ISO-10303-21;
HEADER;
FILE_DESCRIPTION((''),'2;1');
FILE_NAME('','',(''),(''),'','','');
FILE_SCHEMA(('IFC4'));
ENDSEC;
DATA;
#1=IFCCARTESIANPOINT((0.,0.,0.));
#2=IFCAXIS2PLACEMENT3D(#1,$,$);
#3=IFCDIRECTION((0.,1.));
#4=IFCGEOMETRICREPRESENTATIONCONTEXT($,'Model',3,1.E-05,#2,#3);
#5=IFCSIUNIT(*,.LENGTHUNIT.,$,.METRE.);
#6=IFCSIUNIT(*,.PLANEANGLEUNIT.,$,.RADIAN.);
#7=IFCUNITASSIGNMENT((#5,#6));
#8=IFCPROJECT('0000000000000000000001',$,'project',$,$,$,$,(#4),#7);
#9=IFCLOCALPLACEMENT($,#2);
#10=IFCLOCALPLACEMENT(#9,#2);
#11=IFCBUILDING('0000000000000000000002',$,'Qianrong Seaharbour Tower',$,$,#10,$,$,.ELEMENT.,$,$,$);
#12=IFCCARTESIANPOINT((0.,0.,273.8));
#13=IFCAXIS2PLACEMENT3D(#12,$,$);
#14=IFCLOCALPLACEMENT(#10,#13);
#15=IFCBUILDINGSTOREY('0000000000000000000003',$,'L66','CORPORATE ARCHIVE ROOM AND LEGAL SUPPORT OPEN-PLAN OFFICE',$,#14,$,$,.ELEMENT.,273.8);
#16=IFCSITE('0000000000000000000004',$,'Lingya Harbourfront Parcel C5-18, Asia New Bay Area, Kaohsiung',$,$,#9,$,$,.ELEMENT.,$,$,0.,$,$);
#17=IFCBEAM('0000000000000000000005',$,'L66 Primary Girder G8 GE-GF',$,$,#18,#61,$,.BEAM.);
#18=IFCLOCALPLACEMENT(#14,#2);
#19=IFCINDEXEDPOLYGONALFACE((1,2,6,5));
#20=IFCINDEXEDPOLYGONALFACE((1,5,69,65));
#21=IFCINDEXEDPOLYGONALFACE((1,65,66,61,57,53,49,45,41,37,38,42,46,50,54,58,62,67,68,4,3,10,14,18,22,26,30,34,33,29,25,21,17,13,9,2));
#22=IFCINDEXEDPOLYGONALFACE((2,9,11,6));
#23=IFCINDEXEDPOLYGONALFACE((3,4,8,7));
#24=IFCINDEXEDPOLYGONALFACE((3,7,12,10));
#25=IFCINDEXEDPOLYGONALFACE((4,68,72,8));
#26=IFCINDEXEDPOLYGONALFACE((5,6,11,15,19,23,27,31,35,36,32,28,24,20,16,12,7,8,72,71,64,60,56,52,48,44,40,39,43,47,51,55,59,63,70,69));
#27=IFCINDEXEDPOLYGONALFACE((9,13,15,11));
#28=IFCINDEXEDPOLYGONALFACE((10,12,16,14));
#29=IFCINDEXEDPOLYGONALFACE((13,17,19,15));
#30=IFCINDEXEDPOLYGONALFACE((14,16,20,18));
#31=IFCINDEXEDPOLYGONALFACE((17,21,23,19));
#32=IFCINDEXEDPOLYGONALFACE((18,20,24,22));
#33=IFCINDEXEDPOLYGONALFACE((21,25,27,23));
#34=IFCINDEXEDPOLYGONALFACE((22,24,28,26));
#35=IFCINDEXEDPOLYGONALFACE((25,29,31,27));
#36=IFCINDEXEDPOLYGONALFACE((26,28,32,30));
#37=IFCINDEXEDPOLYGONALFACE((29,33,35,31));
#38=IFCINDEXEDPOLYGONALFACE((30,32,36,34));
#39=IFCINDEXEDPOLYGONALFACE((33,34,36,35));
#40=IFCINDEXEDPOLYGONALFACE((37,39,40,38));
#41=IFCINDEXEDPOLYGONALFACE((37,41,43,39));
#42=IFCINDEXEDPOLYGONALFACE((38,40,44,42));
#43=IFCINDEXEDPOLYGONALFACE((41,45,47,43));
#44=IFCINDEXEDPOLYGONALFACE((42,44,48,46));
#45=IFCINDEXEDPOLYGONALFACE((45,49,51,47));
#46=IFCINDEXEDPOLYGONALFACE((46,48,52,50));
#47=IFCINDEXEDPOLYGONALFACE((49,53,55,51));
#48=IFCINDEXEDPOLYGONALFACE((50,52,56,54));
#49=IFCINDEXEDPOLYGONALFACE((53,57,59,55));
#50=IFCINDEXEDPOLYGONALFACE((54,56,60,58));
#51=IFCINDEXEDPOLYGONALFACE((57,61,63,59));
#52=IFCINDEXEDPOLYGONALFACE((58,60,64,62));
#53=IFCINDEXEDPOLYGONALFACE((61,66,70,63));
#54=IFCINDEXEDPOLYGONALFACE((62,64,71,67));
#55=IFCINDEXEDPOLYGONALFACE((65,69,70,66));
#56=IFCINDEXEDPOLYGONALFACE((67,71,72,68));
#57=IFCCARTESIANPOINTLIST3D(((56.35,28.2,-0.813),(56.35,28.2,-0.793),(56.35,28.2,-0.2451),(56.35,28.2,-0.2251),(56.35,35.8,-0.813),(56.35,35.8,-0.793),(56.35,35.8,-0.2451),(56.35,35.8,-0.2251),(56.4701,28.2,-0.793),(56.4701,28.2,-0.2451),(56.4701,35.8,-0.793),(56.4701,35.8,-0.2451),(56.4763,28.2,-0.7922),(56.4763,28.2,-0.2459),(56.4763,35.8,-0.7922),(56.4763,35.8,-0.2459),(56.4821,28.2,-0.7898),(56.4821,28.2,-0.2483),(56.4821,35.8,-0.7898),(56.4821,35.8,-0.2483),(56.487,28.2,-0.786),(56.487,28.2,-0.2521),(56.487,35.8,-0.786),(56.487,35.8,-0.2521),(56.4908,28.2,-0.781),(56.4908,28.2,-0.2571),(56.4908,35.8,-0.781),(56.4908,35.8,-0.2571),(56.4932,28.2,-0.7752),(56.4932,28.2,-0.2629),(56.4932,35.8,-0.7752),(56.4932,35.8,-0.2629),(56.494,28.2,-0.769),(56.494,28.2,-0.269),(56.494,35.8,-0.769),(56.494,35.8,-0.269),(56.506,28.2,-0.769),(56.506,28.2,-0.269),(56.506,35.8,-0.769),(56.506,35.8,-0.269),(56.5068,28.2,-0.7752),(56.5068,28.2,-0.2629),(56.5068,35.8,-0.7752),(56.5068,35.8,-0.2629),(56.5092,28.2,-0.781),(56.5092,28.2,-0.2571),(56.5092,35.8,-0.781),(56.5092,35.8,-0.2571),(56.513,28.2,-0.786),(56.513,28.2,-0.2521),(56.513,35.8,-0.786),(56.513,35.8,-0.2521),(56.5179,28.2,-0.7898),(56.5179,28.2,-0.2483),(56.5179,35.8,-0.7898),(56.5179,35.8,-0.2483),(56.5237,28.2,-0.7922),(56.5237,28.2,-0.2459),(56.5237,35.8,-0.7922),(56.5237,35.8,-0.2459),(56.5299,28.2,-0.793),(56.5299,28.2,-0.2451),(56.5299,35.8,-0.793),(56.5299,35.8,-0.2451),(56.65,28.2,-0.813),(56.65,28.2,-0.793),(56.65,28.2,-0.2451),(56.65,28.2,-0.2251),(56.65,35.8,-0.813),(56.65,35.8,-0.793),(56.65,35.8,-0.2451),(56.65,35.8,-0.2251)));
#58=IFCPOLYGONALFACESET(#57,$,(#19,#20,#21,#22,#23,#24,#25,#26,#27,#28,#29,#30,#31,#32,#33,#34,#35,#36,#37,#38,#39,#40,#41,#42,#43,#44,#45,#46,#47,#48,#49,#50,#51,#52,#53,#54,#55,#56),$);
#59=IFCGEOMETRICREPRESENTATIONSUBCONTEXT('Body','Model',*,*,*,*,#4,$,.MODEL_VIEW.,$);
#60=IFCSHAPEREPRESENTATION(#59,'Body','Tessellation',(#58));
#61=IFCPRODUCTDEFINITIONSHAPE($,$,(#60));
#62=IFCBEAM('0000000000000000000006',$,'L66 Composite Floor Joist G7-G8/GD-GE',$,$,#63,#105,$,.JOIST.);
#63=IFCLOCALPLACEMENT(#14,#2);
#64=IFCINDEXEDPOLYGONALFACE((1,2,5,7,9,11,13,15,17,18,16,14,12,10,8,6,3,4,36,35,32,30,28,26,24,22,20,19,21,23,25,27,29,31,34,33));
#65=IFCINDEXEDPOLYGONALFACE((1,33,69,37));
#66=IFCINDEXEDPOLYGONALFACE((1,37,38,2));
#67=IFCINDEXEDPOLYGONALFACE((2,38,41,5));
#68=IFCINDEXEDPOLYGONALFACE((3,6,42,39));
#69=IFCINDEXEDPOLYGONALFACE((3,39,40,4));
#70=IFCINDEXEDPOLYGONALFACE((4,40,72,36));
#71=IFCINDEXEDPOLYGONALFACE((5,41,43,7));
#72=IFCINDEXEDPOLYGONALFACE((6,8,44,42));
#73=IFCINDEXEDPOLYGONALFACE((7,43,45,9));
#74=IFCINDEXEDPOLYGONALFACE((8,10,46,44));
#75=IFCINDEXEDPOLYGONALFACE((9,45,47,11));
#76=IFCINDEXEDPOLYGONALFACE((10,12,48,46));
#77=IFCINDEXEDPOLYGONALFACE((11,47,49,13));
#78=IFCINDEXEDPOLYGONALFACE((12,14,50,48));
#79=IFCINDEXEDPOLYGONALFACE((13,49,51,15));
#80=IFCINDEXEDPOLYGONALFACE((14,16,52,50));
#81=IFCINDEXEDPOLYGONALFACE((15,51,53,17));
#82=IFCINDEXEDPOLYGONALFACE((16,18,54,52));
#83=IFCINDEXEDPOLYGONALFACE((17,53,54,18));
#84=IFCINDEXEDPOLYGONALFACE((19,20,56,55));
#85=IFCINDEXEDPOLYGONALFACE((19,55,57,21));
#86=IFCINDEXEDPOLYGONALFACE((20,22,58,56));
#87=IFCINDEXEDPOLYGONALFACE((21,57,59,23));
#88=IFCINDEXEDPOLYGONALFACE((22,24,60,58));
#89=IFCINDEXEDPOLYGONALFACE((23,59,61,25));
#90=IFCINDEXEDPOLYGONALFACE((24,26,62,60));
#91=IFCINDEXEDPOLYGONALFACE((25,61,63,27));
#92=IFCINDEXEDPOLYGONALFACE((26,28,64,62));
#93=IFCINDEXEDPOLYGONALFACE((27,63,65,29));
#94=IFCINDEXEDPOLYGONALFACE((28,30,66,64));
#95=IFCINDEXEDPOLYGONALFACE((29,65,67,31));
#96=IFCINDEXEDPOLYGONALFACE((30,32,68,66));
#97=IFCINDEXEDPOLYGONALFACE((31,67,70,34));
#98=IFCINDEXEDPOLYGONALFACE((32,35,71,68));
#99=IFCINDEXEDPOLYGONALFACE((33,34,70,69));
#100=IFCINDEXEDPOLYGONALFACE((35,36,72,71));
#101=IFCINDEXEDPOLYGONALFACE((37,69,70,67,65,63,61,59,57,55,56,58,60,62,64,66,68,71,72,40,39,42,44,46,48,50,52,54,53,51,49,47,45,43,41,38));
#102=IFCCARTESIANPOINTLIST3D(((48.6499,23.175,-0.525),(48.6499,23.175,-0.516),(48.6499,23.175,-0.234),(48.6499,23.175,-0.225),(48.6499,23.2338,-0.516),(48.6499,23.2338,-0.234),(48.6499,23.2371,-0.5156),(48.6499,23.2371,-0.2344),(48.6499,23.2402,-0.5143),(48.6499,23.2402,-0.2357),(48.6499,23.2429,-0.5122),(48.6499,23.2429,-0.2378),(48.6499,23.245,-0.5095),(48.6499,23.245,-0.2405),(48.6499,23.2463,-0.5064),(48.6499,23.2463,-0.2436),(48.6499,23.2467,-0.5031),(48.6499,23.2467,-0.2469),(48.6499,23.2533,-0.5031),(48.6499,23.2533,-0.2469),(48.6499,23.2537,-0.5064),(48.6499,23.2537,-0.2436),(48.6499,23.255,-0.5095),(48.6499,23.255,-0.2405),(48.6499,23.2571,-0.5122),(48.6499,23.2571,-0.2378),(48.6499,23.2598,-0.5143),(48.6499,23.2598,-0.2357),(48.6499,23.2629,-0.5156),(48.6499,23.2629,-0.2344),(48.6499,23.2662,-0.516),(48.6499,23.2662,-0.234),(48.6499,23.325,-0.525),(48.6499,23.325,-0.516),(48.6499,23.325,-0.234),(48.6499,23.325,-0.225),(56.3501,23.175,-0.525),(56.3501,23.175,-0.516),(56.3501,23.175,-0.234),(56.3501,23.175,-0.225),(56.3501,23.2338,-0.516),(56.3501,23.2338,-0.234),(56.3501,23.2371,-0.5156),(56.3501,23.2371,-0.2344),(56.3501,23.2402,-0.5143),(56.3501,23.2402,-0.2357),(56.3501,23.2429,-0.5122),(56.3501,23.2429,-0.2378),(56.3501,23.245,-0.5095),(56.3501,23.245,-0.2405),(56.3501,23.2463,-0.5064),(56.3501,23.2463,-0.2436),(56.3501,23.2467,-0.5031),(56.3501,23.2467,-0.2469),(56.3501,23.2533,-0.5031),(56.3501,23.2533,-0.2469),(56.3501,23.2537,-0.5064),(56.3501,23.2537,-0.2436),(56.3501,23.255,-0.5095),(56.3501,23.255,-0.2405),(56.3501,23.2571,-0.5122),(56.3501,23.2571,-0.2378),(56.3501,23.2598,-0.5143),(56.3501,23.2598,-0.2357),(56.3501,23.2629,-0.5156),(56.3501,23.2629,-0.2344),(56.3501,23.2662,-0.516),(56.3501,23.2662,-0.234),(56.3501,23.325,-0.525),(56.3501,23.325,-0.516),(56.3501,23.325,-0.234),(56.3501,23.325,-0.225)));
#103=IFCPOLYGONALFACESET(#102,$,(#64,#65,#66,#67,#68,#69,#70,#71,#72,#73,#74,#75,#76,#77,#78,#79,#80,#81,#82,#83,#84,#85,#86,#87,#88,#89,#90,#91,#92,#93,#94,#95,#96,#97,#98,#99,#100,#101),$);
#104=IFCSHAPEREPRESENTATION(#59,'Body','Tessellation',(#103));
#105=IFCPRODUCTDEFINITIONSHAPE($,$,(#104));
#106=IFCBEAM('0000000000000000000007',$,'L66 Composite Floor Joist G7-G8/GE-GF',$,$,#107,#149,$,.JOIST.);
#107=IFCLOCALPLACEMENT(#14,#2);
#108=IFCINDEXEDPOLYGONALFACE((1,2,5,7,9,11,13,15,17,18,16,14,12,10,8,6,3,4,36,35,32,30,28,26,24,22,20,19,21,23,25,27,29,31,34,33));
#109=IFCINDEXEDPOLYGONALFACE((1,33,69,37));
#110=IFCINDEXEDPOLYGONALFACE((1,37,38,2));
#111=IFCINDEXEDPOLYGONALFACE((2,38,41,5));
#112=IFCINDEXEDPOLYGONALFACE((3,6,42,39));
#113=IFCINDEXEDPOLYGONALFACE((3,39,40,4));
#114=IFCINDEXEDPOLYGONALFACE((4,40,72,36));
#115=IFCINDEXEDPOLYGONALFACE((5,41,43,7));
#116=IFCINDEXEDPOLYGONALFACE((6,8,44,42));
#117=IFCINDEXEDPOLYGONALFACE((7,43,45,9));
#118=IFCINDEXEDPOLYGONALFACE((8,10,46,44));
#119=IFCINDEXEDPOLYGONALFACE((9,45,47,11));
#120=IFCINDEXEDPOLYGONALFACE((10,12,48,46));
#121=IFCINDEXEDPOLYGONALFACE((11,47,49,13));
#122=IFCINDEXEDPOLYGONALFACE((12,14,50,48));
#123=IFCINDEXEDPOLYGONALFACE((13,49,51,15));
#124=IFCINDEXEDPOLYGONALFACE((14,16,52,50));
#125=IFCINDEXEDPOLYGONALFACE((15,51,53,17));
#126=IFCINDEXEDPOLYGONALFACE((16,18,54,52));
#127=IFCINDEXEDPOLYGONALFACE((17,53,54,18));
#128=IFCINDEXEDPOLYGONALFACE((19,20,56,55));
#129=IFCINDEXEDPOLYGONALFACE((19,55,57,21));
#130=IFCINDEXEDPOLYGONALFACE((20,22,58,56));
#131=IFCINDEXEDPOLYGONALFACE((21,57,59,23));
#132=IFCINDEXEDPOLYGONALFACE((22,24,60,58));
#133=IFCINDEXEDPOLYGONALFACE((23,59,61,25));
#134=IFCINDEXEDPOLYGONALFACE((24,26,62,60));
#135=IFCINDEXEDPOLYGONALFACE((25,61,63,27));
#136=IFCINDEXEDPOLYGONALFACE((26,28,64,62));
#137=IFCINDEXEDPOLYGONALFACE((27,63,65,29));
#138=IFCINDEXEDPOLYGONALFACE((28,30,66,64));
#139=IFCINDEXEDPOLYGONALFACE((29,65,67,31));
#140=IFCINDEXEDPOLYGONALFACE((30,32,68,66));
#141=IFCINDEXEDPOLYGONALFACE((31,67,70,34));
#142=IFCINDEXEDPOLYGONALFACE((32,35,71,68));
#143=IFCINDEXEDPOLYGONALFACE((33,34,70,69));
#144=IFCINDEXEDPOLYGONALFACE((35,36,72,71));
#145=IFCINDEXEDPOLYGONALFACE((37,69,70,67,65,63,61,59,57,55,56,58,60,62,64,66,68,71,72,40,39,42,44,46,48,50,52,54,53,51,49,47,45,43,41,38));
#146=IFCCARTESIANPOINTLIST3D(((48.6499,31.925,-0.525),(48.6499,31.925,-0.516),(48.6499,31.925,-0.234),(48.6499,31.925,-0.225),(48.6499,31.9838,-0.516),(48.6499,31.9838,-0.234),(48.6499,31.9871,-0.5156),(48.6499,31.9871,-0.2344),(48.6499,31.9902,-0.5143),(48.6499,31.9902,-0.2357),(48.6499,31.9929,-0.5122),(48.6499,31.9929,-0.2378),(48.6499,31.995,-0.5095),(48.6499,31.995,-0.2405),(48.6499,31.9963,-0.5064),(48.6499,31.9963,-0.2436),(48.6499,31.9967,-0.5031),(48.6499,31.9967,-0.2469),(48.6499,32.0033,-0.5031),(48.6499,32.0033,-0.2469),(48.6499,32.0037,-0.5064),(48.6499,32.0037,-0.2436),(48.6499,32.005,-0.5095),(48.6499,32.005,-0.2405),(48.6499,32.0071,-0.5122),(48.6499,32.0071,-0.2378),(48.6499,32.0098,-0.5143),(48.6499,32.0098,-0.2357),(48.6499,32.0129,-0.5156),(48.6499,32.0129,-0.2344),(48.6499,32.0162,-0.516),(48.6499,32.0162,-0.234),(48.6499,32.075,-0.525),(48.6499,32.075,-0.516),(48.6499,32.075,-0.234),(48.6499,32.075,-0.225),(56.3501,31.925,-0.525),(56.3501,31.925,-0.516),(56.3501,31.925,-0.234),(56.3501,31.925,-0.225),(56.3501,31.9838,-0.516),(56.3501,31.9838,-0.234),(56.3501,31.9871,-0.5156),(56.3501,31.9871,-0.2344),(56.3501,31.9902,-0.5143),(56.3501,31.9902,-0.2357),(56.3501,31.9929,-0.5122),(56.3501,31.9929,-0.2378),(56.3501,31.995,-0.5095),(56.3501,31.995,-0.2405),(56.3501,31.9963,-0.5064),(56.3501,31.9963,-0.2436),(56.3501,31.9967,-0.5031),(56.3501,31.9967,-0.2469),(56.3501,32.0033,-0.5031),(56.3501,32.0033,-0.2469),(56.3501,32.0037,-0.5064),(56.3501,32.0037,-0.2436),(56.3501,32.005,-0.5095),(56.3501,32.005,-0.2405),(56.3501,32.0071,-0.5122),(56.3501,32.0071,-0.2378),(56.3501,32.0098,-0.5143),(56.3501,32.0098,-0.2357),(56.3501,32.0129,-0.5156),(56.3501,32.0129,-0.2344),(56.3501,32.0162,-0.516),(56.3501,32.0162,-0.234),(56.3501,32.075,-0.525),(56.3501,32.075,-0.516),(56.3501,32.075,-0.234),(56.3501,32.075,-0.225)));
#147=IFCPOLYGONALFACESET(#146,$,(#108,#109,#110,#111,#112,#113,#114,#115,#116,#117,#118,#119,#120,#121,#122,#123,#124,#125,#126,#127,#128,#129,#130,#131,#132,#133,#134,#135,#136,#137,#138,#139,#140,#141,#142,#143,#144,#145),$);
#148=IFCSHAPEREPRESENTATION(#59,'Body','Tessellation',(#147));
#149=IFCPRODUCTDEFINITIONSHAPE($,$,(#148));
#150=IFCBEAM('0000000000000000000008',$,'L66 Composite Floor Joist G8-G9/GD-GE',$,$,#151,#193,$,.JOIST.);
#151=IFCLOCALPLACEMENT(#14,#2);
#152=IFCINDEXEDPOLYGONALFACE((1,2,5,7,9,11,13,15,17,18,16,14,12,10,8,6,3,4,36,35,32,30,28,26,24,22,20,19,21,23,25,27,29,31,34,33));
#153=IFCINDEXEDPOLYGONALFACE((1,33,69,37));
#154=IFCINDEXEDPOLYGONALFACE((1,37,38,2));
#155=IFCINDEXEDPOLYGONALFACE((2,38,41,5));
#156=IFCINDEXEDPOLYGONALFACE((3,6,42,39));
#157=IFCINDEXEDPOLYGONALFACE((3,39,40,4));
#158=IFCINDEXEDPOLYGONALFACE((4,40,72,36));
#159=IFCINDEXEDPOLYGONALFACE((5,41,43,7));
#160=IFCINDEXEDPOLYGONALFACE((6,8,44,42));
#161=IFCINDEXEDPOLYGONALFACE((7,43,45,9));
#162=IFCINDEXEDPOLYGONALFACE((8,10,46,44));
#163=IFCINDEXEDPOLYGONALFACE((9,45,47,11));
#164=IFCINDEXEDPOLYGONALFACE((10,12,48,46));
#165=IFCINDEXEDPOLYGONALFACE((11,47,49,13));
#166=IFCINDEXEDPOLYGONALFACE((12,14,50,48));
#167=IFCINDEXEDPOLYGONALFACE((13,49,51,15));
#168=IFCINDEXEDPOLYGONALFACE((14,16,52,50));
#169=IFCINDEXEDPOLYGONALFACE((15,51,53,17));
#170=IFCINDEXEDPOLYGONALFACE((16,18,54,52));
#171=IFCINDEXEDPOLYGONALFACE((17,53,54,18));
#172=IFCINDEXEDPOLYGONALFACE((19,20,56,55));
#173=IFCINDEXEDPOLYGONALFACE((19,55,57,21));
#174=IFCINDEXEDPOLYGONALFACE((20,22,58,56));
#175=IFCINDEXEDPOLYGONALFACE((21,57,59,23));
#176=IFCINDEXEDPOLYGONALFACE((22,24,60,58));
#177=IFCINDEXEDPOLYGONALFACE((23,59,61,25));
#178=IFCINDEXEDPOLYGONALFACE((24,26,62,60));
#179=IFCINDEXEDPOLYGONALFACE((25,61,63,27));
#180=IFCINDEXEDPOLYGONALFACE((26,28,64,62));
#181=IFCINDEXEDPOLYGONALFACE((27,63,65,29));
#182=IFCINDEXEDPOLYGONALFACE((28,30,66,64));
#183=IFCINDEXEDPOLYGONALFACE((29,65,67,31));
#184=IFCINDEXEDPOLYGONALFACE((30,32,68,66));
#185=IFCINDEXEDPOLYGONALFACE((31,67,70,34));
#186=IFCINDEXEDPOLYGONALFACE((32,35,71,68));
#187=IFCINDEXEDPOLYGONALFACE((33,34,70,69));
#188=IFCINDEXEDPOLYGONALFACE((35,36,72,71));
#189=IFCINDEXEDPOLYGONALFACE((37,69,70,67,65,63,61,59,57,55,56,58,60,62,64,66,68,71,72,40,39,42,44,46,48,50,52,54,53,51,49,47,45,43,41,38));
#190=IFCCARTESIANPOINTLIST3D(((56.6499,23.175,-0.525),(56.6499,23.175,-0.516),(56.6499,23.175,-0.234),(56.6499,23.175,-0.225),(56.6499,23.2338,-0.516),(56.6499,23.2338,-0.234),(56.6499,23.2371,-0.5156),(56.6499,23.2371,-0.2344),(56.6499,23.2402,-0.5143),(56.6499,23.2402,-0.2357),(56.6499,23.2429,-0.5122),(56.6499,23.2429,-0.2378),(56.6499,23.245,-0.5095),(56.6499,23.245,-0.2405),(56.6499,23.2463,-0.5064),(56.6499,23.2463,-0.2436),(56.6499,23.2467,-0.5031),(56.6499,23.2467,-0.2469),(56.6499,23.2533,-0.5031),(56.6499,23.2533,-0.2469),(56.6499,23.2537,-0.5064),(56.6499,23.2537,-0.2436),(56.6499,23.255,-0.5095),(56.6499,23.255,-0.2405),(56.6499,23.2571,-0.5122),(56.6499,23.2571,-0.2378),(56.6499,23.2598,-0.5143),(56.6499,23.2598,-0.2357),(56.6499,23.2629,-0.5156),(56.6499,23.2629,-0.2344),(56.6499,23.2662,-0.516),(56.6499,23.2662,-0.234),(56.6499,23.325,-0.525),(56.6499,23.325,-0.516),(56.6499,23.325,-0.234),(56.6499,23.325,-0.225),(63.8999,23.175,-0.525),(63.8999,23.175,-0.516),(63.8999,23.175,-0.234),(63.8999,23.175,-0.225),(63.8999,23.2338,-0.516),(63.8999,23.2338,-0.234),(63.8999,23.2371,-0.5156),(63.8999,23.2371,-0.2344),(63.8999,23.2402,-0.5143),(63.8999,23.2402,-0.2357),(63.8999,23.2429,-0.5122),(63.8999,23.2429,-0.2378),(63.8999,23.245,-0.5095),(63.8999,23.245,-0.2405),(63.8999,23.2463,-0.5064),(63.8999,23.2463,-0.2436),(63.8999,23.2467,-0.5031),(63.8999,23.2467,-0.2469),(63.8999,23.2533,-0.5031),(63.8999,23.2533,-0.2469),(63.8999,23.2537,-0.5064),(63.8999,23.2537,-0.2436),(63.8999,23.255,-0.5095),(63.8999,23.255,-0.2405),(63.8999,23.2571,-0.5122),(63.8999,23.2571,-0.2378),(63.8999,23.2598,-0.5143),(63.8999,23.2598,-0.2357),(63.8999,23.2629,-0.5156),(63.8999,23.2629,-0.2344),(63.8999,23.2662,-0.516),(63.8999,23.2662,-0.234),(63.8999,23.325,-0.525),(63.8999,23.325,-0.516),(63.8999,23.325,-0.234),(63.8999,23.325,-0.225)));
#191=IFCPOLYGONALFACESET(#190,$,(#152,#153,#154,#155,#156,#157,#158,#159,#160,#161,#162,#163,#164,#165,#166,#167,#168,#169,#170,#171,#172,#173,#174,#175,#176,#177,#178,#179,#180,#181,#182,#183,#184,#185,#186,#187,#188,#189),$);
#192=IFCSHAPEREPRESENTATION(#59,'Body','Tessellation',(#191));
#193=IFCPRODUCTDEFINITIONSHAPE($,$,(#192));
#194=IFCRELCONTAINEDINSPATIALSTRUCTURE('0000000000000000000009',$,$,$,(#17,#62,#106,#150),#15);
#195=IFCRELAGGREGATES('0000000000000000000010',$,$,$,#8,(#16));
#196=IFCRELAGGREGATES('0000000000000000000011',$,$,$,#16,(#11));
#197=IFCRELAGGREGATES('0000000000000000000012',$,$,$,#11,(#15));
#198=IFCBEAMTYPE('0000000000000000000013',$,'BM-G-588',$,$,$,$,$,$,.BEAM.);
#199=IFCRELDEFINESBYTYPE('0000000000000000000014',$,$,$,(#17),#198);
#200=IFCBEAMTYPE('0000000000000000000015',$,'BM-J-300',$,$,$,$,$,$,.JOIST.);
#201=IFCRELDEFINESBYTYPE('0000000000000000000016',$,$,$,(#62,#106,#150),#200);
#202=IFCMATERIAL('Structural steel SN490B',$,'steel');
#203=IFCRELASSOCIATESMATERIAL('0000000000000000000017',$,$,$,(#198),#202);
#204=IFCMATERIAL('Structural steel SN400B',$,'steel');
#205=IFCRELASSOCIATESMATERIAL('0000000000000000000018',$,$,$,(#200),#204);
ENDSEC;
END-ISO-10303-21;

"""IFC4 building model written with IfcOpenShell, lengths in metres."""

from ifc_helpers import new_model, si_unit, direction, frame, origin, origin_2d, place, context, subcontext, project, spatial, i_section, extrude, material, material_profile, profile_set, type_object, element, save


model = new_model("IFC4")

# Units and contexts
model_context = context("Model", 3, precision=1e-05, world=origin(), true_north=direction((0.0, 1.0)))
body_context = subcontext(model_context, "Body", "Model", "MODEL_VIEW")
ifc_project = project(units=[si_unit("LENGTHUNIT", "METRE"), si_unit("PLANEANGLEUNIT", "RADIAN")], contexts=[model_context])

# Site, building, storey
site_placement = place(None, origin())
site = spatial("IfcSite", under=ifc_project, at=site_placement, Name="Lingya Harbourfront Parcel C5-18, Asia New Bay Area, Kaohsiung", CompositionType="ELEMENT", RefElevation=0.0)
building_placement = place(site_placement, origin())
building = spatial("IfcBuilding", under=site, at=building_placement, Name="Qianrong Seaharbour Tower", CompositionType="ELEMENT")
storey_placement = place(building_placement, frame((0.0, 0.0, 273.8)))
storey = spatial("IfcBuildingStorey", under=building, at=storey_placement, Name="L66", Description="CORPORATE ARCHIVE ROOM AND LEGAL SUPPORT OPEN-PLAN OFFICE", CompositionType="ELEMENT", Elevation=273.8)

# Shared definitions
ifc_material_1 = material(Name="Structural steel SN490B", Category="steel")

# Beams
ifc_material_profile_1 = material_profile(ifc_material_1, i_section(OverallWidth=0.3, OverallDepth=0.5879, WebThickness=0.012, FlangeThickness=0.02, FilletRadius=0.0239, at=origin_2d()), Name="H588x300x12x20")
ifc_profile_set_1 = profile_set([ifc_material_profile_1], Name="Structural steel SN490B")
beam_type_1 = type_object("IfcBeamType", Name="BM-G-588", PredefinedType="BEAM", material=ifc_profile_set_1)
for number, where, z_axis, x_axis, name in (
    (1, (56.5, 28.2, -0.519), (0.0, 1.0, 0.0), (-1.0, 0.0, 0.0), "L66 Primary Girder G8 GE-GF"),
):
    element("IfcBeam", number, at=place(storey_placement, frame(where, z_axis=z_axis, x_axis=x_axis)), inside=storey, type_object=beam_type_1, Name=name, PredefinedType="BEAM", context=body_context, shape_type="SweptSolid", body=[
        extrude(i_section(OverallWidth=0.3, OverallDepth=0.5879, WebThickness=0.012, FlangeThickness=0.02, FilletRadius=0.0239, at=origin_2d()), origin(), (0.0, 0.0, 1.0), 7.6001),
    ])
ifc_material_2 = material(Name="Structural steel SN400B", Category="steel")
ifc_material_profile_2 = material_profile(ifc_material_2, i_section(OverallWidth=0.1499, OverallDepth=0.3, WebThickness=0.0066, FlangeThickness=0.009, FilletRadius=0.0129, at=origin_2d()), Name="H300x150x6.5x9")
ifc_profile_set_2 = profile_set([ifc_material_profile_2], Name="Structural steel SN400B")
beam_type_2 = type_object("IfcBeamType", Name="BM-J-300", PredefinedType="JOIST", material=ifc_profile_set_2)
for number, where, z_axis, x_axis, name in (
    (2, (48.6499, 23.25, -0.375), (1.0, 0.0, 0.0), (0.0, 1.0, 0.0), "L66 Composite Floor Joist G7-G8/GD-GE"),
    (3, (48.6499, 32.0, -0.375), (1.0, 0.0, 0.0), (0.0, 1.0, 0.0), "L66 Composite Floor Joist G7-G8/GE-GF"),
):
    element("IfcBeam", number, at=place(storey_placement, frame(where, z_axis=z_axis, x_axis=x_axis)), inside=storey, type_object=beam_type_2, Name=name, PredefinedType="JOIST", context=body_context, shape_type="SweptSolid", body=[
        extrude(i_section(OverallWidth=0.1499, OverallDepth=0.3, WebThickness=0.0066, FlangeThickness=0.009, FilletRadius=0.0129, at=origin_2d()), origin(), (0.0, 0.0, 1.0), 7.7002),
    ])
for number, where, z_axis, x_axis, name in (
    (4, (56.6499, 23.25, -0.375), (1.0, 0.0, 0.0), (0.0, 1.0, 0.0), "L66 Composite Floor Joist G8-G9/GD-GE"),
):
    element("IfcBeam", number, at=place(storey_placement, frame(where, z_axis=z_axis, x_axis=x_axis)), inside=storey, type_object=beam_type_2, Name=name, PredefinedType="JOIST", context=body_context, shape_type="SweptSolid", body=[
        extrude(i_section(OverallWidth=0.1499, OverallDepth=0.3, WebThickness=0.0066, FlangeThickness=0.009, FilletRadius=0.0129, at=origin_2d()), origin(), (0.0, 0.0, 1.0), 7.25),
    ])

save(model, "model.ifc")
